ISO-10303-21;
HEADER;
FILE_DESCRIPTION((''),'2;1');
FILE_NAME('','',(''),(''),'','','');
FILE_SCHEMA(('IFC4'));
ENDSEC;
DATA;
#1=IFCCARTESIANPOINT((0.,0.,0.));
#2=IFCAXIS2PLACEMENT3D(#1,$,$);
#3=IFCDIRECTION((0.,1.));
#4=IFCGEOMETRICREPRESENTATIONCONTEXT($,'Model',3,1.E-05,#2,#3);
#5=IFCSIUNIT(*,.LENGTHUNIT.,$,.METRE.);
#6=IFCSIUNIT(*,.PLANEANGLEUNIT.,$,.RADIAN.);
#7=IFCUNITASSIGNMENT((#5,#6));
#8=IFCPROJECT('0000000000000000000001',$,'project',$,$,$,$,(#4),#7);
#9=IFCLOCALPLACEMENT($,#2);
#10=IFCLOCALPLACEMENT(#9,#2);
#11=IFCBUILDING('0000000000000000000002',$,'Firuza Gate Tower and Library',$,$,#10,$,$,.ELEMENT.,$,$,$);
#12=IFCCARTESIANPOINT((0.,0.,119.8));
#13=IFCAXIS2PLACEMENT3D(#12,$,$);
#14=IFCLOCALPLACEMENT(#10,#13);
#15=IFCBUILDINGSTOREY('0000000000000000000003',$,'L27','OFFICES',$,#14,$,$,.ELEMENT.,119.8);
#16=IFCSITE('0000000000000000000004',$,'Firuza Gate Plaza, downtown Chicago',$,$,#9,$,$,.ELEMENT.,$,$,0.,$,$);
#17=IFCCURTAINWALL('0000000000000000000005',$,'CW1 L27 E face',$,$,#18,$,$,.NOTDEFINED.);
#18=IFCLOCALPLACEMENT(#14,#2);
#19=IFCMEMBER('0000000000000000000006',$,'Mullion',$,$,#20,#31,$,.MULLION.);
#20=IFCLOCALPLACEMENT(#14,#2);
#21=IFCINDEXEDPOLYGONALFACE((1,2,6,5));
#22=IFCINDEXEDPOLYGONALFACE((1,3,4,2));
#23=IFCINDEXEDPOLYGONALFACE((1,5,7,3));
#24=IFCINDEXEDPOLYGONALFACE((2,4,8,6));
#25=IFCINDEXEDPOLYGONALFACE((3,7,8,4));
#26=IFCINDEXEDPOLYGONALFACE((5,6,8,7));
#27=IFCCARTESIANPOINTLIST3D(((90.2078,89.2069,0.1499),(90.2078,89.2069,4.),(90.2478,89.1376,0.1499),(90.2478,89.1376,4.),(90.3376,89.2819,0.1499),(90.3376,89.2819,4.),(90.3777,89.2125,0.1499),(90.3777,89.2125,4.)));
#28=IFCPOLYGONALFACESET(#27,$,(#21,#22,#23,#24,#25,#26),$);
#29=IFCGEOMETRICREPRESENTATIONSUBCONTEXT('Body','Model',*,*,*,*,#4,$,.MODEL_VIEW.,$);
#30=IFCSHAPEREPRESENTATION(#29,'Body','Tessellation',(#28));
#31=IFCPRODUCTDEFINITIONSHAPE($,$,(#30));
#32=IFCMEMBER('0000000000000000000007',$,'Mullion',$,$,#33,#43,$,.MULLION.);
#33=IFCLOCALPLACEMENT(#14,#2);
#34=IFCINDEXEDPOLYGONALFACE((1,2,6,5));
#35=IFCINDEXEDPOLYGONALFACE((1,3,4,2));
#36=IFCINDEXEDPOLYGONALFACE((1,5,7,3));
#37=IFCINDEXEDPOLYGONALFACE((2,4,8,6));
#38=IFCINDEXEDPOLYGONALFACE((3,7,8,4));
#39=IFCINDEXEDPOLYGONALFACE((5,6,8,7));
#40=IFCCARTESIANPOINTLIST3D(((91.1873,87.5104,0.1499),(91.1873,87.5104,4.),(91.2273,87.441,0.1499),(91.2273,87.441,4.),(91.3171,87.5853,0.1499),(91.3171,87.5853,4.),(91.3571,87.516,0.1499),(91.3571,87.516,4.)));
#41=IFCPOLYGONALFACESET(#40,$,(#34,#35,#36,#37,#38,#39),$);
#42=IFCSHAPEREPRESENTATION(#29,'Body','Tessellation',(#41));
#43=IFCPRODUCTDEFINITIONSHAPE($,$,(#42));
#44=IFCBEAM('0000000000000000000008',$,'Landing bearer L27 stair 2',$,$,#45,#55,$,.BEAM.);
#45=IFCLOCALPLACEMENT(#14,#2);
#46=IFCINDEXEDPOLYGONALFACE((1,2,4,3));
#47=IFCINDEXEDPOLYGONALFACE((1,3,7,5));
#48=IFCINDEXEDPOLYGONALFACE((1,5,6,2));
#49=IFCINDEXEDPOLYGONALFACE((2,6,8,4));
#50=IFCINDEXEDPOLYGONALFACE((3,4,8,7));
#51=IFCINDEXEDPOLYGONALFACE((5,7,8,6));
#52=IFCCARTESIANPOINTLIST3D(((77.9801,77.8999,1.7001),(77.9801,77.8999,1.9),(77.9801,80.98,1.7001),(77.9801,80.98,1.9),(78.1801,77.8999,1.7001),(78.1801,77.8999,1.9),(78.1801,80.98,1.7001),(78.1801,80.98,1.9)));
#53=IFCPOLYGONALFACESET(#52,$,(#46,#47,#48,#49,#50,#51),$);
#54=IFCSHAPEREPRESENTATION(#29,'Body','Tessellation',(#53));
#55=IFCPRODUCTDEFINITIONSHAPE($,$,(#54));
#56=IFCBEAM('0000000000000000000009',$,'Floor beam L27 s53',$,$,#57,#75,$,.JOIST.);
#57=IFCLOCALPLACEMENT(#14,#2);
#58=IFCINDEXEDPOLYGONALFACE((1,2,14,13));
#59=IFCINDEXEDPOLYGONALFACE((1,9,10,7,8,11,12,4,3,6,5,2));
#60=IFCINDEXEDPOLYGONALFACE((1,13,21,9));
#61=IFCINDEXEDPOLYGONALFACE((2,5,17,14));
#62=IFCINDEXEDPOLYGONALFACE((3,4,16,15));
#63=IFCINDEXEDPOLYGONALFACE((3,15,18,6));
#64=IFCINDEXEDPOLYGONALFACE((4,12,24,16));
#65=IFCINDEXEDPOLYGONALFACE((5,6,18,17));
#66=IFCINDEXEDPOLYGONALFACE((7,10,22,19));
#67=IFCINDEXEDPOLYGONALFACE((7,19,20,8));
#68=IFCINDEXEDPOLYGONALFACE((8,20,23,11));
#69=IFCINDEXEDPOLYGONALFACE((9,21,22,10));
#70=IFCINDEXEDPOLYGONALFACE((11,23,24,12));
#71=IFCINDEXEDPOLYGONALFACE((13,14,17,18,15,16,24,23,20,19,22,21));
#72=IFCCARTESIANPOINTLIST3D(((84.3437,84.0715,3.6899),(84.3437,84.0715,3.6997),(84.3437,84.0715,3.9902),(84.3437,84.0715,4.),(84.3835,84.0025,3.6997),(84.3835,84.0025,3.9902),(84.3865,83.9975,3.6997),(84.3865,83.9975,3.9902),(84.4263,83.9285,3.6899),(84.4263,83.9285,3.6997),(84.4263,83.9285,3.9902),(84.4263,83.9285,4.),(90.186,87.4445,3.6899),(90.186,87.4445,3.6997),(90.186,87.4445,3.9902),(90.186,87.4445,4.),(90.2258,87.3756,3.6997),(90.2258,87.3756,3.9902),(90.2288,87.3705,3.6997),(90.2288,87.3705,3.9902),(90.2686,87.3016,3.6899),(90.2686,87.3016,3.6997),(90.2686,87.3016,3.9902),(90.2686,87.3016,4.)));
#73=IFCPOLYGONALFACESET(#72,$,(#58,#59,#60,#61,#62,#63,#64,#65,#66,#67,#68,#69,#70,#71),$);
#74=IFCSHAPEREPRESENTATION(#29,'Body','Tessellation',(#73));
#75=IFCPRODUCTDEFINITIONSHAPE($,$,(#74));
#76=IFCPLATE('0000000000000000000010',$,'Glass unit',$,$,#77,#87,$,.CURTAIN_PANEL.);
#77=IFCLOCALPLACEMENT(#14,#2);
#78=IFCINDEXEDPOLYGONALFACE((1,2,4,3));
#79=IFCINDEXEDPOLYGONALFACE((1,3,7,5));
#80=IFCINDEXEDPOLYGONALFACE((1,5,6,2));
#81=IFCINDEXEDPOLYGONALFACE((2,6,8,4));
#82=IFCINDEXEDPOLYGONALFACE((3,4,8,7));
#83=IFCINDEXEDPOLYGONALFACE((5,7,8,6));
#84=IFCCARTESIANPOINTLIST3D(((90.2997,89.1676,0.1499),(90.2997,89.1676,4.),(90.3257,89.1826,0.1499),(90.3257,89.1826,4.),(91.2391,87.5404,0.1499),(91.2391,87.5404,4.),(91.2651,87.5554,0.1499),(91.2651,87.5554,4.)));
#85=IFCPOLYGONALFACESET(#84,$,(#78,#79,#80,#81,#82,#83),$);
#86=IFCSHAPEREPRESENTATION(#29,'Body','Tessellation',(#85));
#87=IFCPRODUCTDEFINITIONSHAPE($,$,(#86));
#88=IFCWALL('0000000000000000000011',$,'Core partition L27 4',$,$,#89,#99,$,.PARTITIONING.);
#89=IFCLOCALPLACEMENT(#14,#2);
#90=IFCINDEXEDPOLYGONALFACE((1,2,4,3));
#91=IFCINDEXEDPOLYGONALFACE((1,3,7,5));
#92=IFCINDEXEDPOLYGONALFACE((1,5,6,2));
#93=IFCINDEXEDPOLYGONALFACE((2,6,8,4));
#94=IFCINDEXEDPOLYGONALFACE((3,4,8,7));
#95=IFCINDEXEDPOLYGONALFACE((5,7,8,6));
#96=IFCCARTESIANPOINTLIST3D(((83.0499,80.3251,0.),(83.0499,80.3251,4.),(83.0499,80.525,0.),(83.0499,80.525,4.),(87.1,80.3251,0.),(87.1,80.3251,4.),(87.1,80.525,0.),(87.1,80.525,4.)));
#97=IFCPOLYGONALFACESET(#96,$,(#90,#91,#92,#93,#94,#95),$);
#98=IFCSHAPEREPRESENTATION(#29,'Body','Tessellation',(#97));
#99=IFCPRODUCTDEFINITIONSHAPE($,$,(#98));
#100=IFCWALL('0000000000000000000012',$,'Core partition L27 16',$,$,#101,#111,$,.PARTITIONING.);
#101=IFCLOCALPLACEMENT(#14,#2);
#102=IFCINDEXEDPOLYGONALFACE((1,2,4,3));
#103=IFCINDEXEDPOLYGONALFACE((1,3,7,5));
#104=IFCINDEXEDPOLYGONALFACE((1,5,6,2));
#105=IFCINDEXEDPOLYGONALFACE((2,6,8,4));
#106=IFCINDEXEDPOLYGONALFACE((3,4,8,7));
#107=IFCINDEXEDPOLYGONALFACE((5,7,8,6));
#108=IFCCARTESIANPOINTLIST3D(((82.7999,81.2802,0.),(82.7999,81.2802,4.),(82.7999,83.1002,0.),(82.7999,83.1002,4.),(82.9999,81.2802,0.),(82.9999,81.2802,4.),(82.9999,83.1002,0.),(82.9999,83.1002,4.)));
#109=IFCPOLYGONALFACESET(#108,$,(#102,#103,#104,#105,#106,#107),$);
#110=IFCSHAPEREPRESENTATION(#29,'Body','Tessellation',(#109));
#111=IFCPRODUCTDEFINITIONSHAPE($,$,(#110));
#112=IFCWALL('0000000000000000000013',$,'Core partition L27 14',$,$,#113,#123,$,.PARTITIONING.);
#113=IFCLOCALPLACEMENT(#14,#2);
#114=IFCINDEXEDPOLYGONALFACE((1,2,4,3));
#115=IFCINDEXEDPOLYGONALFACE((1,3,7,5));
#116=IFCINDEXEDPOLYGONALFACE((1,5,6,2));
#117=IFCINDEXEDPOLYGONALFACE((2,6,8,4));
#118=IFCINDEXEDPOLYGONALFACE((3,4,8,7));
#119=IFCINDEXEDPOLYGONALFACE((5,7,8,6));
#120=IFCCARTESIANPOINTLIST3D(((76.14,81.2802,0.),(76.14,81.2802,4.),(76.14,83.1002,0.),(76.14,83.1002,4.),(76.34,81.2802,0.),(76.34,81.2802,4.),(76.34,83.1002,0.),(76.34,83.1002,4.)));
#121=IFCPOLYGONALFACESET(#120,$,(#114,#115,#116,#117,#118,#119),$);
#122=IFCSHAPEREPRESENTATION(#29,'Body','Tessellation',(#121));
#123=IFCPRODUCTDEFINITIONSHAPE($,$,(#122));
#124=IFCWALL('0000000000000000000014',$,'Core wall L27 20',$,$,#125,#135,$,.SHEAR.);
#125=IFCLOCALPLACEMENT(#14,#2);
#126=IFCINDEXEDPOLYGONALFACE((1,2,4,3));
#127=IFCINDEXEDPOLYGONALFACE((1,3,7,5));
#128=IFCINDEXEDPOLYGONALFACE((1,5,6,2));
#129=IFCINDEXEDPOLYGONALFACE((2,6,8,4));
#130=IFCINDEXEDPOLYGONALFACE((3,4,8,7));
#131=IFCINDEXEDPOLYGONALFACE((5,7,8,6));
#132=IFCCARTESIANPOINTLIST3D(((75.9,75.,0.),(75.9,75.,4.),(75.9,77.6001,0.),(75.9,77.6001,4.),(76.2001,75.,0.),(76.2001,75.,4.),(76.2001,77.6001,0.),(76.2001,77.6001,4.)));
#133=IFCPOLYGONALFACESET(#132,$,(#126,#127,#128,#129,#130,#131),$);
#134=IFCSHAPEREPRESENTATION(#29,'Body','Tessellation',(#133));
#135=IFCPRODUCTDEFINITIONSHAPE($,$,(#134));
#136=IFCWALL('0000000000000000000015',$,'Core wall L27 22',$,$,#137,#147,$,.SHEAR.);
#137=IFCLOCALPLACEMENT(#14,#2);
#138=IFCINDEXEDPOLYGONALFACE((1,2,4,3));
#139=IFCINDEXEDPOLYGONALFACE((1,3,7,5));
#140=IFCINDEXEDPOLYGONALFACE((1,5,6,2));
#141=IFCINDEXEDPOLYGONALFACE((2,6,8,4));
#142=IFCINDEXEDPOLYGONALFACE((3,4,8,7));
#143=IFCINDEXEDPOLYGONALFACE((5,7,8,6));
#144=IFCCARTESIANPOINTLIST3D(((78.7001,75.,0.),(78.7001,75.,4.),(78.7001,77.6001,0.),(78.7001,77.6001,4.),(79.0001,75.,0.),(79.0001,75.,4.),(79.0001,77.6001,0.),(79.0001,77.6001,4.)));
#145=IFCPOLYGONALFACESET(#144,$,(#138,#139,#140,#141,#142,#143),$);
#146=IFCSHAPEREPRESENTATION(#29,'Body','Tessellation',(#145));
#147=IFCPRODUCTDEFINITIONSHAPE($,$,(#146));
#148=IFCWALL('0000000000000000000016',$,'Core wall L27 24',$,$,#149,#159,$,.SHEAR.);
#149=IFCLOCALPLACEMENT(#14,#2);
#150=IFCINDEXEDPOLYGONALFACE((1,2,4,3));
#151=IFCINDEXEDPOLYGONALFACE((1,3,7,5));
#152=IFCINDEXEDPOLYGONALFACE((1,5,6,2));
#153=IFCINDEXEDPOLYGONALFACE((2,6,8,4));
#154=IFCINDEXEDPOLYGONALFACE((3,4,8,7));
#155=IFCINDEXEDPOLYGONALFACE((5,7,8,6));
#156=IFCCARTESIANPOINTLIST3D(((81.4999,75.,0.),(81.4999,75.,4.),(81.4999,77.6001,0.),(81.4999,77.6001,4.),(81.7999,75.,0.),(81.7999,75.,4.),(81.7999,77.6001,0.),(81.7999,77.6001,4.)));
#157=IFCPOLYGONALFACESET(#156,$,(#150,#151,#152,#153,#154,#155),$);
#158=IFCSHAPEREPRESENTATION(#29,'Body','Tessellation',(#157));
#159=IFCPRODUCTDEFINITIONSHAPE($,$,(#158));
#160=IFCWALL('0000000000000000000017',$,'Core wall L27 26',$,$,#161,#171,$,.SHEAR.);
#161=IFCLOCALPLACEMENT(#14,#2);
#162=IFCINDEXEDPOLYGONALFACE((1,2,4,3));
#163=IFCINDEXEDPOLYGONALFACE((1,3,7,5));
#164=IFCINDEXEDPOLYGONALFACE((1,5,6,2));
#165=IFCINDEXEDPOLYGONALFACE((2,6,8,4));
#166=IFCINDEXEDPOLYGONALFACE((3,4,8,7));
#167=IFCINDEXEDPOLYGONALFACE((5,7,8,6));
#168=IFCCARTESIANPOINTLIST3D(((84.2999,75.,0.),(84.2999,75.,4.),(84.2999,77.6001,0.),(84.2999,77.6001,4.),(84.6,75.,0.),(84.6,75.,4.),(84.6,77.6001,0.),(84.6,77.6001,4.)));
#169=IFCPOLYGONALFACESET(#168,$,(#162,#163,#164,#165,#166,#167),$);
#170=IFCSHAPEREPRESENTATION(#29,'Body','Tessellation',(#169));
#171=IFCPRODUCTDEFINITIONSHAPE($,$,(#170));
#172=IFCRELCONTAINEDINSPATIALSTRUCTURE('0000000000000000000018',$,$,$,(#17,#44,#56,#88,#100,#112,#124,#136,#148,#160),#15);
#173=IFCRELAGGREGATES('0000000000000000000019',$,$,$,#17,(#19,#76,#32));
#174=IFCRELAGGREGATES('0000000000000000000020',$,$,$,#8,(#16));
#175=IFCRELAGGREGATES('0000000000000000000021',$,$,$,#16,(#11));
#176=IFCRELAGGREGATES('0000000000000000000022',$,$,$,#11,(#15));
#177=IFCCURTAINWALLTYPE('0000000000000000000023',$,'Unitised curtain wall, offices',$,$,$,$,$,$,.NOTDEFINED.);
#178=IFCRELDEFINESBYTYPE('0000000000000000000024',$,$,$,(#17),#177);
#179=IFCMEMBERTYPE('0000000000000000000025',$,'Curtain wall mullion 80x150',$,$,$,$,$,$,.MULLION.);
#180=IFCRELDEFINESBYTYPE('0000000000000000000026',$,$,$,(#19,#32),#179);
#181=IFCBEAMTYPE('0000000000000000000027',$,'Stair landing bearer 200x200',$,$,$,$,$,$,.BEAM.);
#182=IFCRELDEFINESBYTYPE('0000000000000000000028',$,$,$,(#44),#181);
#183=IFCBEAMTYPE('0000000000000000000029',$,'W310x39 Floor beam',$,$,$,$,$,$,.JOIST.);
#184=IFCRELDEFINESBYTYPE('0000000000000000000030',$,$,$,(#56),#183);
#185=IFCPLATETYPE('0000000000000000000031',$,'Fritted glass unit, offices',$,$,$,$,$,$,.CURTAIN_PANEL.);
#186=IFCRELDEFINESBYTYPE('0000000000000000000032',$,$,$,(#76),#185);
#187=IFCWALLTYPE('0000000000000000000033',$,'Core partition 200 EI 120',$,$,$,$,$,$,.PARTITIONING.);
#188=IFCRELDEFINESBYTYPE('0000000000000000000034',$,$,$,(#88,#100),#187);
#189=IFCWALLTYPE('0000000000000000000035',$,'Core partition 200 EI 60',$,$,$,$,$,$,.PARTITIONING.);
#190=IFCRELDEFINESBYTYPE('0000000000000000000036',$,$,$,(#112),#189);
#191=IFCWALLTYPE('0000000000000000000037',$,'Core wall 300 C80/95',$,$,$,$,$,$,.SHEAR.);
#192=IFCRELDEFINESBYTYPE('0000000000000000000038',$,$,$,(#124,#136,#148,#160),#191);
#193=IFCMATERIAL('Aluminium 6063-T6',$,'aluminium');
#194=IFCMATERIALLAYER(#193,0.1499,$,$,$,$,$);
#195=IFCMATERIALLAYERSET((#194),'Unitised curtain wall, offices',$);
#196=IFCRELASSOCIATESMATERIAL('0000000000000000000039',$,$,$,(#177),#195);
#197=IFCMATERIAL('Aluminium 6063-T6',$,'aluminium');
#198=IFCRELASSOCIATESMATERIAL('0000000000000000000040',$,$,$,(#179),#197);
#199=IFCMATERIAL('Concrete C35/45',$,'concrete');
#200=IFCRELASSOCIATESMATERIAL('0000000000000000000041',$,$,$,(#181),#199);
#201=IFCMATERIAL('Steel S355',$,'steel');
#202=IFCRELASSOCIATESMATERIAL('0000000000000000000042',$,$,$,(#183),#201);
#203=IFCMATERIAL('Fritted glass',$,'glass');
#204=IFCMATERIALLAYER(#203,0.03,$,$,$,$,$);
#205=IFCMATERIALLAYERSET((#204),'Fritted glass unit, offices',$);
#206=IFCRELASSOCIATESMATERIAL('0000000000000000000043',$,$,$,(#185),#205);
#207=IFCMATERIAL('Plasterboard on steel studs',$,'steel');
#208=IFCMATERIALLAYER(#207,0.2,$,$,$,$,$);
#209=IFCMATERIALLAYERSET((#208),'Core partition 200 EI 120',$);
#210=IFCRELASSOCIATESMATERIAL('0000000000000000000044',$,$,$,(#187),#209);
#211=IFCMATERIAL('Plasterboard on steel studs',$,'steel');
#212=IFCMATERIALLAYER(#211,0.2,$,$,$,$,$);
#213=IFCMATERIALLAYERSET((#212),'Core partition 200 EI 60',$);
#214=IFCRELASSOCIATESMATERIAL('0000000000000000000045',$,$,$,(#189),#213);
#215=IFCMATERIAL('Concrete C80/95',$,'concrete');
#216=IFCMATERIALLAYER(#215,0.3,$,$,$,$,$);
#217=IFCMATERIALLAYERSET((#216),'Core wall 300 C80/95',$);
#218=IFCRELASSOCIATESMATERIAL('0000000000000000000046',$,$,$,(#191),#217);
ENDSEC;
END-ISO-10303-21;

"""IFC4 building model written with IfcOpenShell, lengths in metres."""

from ifc_helpers import new_model, si_unit, direction, frame, frame_2d, origin, origin_2d, place, context, subcontext, project, spatial, polyline, rectangle, i_section, outline, extrude, material, layer, layer_set, material_profile, profile_set, type_object, element, aggregate, save


model = new_model("IFC4")

# Units and contexts
model_context = context("Model", 3, precision=1e-05, world=origin(), true_north=direction((0.0, 1.0)))
body_context = subcontext(model_context, "Body", "Model", "MODEL_VIEW")
ifc_project = project(units=[si_unit("LENGTHUNIT", "METRE"), si_unit("PLANEANGLEUNIT", "RADIAN")], contexts=[model_context])

# Site, building, storey
site_placement = place(None, origin())
site = spatial("IfcSite", under=ifc_project, at=site_placement, Name="Firuza Gate Plaza, downtown Chicago", CompositionType="ELEMENT", RefElevation=0.0)
building_placement = place(site_placement, origin())
building = spatial("IfcBuilding", under=site, at=building_placement, Name="Firuza Gate Tower and Library", CompositionType="ELEMENT")
storey_placement = place(building_placement, frame((0.0, 0.0, 119.8)))
storey = spatial("IfcBuildingStorey", under=building, at=storey_placement, Name="L27", Description="OFFICES", CompositionType="ELEMENT", Elevation=119.8)

# Curtain wall, members
ifc_material_1 = material(Name="Aluminium 6063-T6", Category="aluminium")
ifc_layer_1 = layer(ifc_material_1, 0.1499)
ifc_layer_set_1 = layer_set([ifc_layer_1], Name="Unitised curtain wall, offices")
curtain_wall_type = type_object("IfcCurtainWallType", Name="Unitised curtain wall, offices", PredefinedType="NOTDEFINED", material=ifc_layer_set_1)
placement = place(storey_placement, origin())
curtain_wall = element("IfcCurtainWall", 1, at=placement, inside=storey, type_object=curtain_wall_type, Name="CW1 L27 E face", PredefinedType="NOTDEFINED")
ifc_material_2 = material(Name="Aluminium 6063-T6", Category="aluminium")
ifc_material_profile_1 = material_profile(ifc_material_2, rectangle(XDim=0.1499, YDim=0.0801, at=origin_2d()))
ifc_profile_set_1 = profile_set([ifc_material_profile_1], Name="Aluminium 6063-T6")
member_type = type_object("IfcMemberType", Name="Curtain wall mullion 80x150", PredefinedType="MULLION", material=ifc_profile_set_1)
member_1_placement = place(storey_placement, frame((90.2927, 89.2097, 0.1499), z_axis=(0.0, 0.0, 1.0), x_axis=(-0.866025, -0.5, 0.0)))
member_1 = element("IfcMember", 2, at=member_1_placement, type_object=member_type, Name="Mullion", PredefinedType="MULLION", context=body_context, shape_type="SweptSolid", body=[
    extrude(rectangle(XDim=0.1499, YDim=0.0801, at=origin_2d()), origin(), (0.0, 0.0, 1.0), 3.8501),
])
member_2_placement = place(storey_placement, frame((91.2722, 87.5132, 0.1499), z_axis=(0.0, 0.0, 1.0), x_axis=(-0.866025, -0.5, 0.0)))
member_2 = element("IfcMember", 3, at=member_2_placement, type_object=member_type, Name="Mullion", PredefinedType="MULLION", context=body_context, shape_type="SweptSolid", body=[
    extrude(rectangle(XDim=0.1499, YDim=0.0801, at=origin_2d()), origin(), (0.0, 0.0, 1.0), 3.8501),
])

# Beams
ifc_material_3 = material(Name="Concrete C35/45", Category="concrete")
ifc_material_profile_2 = material_profile(ifc_material_3, rectangle(XDim=0.2, YDim=0.2, at=origin_2d()))
ifc_profile_set_2 = profile_set([ifc_material_profile_2], Name="Concrete C35/45")
beam_type_1 = type_object("IfcBeamType", Name="Stair landing bearer 200x200", PredefinedType="BEAM", material=ifc_profile_set_2)
beam_1_placement = place(storey_placement, frame((78.0801, 80.98, 1.8), z_axis=(0.0, -1.0, 0.0), x_axis=(1.0, 0.0, 0.0)))
element("IfcBeam", 4, at=beam_1_placement, inside=storey, type_object=beam_type_1, Name="Landing bearer L27 stair 2", PredefinedType="BEAM", context=body_context, shape_type="SweptSolid", body=[
    extrude(rectangle(XDim=0.2, YDim=0.2, at=origin_2d()), origin(), (0.0, 0.0, 1.0), 3.0801),
])
ifc_material_4 = material(Name="Steel S355", Category="steel")
ifc_material_profile_3 = material_profile(ifc_material_4, i_section(OverallWidth=0.165, OverallDepth=0.3101, WebThickness=0.0059, FlangeThickness=0.0098, at=origin_2d()))
ifc_profile_set_3 = profile_set([ifc_material_profile_3], Name="Steel S355")
beam_type_2 = type_object("IfcBeamType", Name="W310x39 Floor beam", PredefinedType="JOIST", material=ifc_profile_set_3)
beam_2_placement = place(storey_placement, frame((90.2273, 87.373, 3.845), z_axis=(-0.866025, -0.5, 0.0), x_axis=(0.5, -0.866025, 0.0)))
element("IfcBeam", 5, at=beam_2_placement, inside=storey, type_object=beam_type_2, Name="Floor beam L27 s53", PredefinedType="JOIST", context=body_context, shape_type="SweptSolid", body=[
    extrude(i_section(OverallWidth=0.165, OverallDepth=0.3101, WebThickness=0.0059, FlangeThickness=0.0098, at=origin_2d()), origin(), (0.0, 0.0, 1.0), 6.7461),
])

# Plate
ifc_material_5 = material(Name="Fritted glass", Category="glass")
ifc_layer_2 = layer(ifc_material_5, 0.03)
ifc_layer_set_2 = layer_set([ifc_layer_2], Name="Fritted glass unit, offices")
plate_type = type_object("IfcPlateType", Name="Fritted glass unit, offices", PredefinedType="CURTAIN_PANEL", material=ifc_layer_set_2)
plate_placement = place(storey_placement, frame((91.2651, 87.5554, 0.1499), z_axis=(0.866028, 0.499996, 0.0), x_axis=(-0.499996, 0.866028, 0.0)))
plate = element("IfcPlate", 6, at=plate_placement, type_object=plate_type, Name="Glass unit", PredefinedType="CURTAIN_PANEL", context=body_context, shape_type="SweptSolid", body=[
    extrude(outline(polyline([(0.0, 0.0), (1.8789, 0.0), (1.8789, 3.8501), (0.0, 3.8501), (0.0, 0.0)])), origin(), (0.0, 0.0, -1.0), 0.03),
])
aggregate(curtain_wall, [member_1, plate, member_2])

# Walls
ifc_material_6 = material(Name="Plasterboard on steel studs", Category="steel")
ifc_layer_3 = layer(ifc_material_6, 0.2)
ifc_layer_set_3 = layer_set([ifc_layer_3], Name="Core partition 200 EI 120")
wall_type_1 = type_object("IfcWallType", Name="Core partition 200 EI 120", PredefinedType="PARTITIONING", material=ifc_layer_set_3)
wall_1_placement = place(storey_placement, frame((83.05, 80.425, 0.0), z_axis=(0.0, 0.0, 1.0), x_axis=(1.0, 0.0, 0.0)))
element("IfcWall", 7, at=wall_1_placement, inside=storey, type_object=wall_type_1, Name="Core partition L27 4", PredefinedType="PARTITIONING", context=body_context, shape_type="SweptSolid", body=[
    extrude(rectangle(XDim=4.05, YDim=0.2, at=frame_2d((2.0249, 0.0))), origin(), (0.0, 0.0, 1.0), 4.0),
])
wall_2_placement = place(storey_placement, frame((82.8999, 81.28, 0.0), z_axis=(0.0, 0.0, 1.0), x_axis=(0.0, 1.0, 0.0)))
element("IfcWall", 8, at=wall_2_placement, inside=storey, type_object=wall_type_1, Name="Core partition L27 16", PredefinedType="PARTITIONING", context=body_context, shape_type="SweptSolid", body=[
    extrude(rectangle(XDim=1.8201, YDim=0.2, at=frame_2d((0.9102, 0.0))), origin(), (0.0, 0.0, 1.0), 4.0),
])
ifc_material_7 = material(Name="Plasterboard on steel studs", Category="steel")
ifc_layer_4 = layer(ifc_material_7, 0.2)
ifc_layer_set_4 = layer_set([ifc_layer_4], Name="Core partition 200 EI 60")
wall_type_2 = type_object("IfcWallType", Name="Core partition 200 EI 60", PredefinedType="PARTITIONING", material=ifc_layer_set_4)
wall_3_placement = place(storey_placement, frame((76.24, 81.28, 0.0), z_axis=(0.0, 0.0, 1.0), x_axis=(0.0, 1.0, 0.0)))
element("IfcWall", 9, at=wall_3_placement, inside=storey, type_object=wall_type_2, Name="Core partition L27 14", PredefinedType="PARTITIONING", context=body_context, shape_type="SweptSolid", body=[
    extrude(rectangle(XDim=1.8201, YDim=0.2, at=frame_2d((0.9102, 0.0))), origin(), (0.0, 0.0, 1.0), 4.0),
])
ifc_material_8 = material(Name="Concrete C80/95", Category="concrete")
ifc_layer_5 = layer(ifc_material_8, 0.3)
ifc_layer_set_5 = layer_set([ifc_layer_5], Name="Core wall 300 C80/95")
wall_type_3 = type_object("IfcWallType", Name="Core wall 300 C80/95", PredefinedType="SHEAR", material=ifc_layer_set_5)
for number, where, z_axis, x_axis, name in (
    (10, (76.05, 75.0, 0.0), (0.0, 0.0, 1.0), (0.0, 1.0, 0.0), "Core wall L27 20"),
    (11, (78.8501, 75.0, 0.0), (0.0, 0.0, 1.0), (0.0, 1.0, 0.0), "Core wall L27 22"),
    (12, (81.6499, 75.0, 0.0), (0.0, 0.0, 1.0), (0.0, 1.0, 0.0), "Core wall L27 24"),
    (13, (84.45, 75.0, 0.0), (0.0, 0.0, 1.0), (0.0, 1.0, 0.0), "Core wall L27 26"),
):
    element("IfcWall", number, at=place(storey_placement, frame(where, z_axis=z_axis, x_axis=x_axis)), inside=storey, type_object=wall_type_3, Name=name, PredefinedType="SHEAR", context=body_context, shape_type="SweptSolid", body=[
        extrude(rectangle(XDim=2.6001, YDim=0.3, at=frame_2d((1.3, 0.0))), origin(), (0.0, 0.0, 1.0), 4.0),
    ])

save(model, "model.ifc")
